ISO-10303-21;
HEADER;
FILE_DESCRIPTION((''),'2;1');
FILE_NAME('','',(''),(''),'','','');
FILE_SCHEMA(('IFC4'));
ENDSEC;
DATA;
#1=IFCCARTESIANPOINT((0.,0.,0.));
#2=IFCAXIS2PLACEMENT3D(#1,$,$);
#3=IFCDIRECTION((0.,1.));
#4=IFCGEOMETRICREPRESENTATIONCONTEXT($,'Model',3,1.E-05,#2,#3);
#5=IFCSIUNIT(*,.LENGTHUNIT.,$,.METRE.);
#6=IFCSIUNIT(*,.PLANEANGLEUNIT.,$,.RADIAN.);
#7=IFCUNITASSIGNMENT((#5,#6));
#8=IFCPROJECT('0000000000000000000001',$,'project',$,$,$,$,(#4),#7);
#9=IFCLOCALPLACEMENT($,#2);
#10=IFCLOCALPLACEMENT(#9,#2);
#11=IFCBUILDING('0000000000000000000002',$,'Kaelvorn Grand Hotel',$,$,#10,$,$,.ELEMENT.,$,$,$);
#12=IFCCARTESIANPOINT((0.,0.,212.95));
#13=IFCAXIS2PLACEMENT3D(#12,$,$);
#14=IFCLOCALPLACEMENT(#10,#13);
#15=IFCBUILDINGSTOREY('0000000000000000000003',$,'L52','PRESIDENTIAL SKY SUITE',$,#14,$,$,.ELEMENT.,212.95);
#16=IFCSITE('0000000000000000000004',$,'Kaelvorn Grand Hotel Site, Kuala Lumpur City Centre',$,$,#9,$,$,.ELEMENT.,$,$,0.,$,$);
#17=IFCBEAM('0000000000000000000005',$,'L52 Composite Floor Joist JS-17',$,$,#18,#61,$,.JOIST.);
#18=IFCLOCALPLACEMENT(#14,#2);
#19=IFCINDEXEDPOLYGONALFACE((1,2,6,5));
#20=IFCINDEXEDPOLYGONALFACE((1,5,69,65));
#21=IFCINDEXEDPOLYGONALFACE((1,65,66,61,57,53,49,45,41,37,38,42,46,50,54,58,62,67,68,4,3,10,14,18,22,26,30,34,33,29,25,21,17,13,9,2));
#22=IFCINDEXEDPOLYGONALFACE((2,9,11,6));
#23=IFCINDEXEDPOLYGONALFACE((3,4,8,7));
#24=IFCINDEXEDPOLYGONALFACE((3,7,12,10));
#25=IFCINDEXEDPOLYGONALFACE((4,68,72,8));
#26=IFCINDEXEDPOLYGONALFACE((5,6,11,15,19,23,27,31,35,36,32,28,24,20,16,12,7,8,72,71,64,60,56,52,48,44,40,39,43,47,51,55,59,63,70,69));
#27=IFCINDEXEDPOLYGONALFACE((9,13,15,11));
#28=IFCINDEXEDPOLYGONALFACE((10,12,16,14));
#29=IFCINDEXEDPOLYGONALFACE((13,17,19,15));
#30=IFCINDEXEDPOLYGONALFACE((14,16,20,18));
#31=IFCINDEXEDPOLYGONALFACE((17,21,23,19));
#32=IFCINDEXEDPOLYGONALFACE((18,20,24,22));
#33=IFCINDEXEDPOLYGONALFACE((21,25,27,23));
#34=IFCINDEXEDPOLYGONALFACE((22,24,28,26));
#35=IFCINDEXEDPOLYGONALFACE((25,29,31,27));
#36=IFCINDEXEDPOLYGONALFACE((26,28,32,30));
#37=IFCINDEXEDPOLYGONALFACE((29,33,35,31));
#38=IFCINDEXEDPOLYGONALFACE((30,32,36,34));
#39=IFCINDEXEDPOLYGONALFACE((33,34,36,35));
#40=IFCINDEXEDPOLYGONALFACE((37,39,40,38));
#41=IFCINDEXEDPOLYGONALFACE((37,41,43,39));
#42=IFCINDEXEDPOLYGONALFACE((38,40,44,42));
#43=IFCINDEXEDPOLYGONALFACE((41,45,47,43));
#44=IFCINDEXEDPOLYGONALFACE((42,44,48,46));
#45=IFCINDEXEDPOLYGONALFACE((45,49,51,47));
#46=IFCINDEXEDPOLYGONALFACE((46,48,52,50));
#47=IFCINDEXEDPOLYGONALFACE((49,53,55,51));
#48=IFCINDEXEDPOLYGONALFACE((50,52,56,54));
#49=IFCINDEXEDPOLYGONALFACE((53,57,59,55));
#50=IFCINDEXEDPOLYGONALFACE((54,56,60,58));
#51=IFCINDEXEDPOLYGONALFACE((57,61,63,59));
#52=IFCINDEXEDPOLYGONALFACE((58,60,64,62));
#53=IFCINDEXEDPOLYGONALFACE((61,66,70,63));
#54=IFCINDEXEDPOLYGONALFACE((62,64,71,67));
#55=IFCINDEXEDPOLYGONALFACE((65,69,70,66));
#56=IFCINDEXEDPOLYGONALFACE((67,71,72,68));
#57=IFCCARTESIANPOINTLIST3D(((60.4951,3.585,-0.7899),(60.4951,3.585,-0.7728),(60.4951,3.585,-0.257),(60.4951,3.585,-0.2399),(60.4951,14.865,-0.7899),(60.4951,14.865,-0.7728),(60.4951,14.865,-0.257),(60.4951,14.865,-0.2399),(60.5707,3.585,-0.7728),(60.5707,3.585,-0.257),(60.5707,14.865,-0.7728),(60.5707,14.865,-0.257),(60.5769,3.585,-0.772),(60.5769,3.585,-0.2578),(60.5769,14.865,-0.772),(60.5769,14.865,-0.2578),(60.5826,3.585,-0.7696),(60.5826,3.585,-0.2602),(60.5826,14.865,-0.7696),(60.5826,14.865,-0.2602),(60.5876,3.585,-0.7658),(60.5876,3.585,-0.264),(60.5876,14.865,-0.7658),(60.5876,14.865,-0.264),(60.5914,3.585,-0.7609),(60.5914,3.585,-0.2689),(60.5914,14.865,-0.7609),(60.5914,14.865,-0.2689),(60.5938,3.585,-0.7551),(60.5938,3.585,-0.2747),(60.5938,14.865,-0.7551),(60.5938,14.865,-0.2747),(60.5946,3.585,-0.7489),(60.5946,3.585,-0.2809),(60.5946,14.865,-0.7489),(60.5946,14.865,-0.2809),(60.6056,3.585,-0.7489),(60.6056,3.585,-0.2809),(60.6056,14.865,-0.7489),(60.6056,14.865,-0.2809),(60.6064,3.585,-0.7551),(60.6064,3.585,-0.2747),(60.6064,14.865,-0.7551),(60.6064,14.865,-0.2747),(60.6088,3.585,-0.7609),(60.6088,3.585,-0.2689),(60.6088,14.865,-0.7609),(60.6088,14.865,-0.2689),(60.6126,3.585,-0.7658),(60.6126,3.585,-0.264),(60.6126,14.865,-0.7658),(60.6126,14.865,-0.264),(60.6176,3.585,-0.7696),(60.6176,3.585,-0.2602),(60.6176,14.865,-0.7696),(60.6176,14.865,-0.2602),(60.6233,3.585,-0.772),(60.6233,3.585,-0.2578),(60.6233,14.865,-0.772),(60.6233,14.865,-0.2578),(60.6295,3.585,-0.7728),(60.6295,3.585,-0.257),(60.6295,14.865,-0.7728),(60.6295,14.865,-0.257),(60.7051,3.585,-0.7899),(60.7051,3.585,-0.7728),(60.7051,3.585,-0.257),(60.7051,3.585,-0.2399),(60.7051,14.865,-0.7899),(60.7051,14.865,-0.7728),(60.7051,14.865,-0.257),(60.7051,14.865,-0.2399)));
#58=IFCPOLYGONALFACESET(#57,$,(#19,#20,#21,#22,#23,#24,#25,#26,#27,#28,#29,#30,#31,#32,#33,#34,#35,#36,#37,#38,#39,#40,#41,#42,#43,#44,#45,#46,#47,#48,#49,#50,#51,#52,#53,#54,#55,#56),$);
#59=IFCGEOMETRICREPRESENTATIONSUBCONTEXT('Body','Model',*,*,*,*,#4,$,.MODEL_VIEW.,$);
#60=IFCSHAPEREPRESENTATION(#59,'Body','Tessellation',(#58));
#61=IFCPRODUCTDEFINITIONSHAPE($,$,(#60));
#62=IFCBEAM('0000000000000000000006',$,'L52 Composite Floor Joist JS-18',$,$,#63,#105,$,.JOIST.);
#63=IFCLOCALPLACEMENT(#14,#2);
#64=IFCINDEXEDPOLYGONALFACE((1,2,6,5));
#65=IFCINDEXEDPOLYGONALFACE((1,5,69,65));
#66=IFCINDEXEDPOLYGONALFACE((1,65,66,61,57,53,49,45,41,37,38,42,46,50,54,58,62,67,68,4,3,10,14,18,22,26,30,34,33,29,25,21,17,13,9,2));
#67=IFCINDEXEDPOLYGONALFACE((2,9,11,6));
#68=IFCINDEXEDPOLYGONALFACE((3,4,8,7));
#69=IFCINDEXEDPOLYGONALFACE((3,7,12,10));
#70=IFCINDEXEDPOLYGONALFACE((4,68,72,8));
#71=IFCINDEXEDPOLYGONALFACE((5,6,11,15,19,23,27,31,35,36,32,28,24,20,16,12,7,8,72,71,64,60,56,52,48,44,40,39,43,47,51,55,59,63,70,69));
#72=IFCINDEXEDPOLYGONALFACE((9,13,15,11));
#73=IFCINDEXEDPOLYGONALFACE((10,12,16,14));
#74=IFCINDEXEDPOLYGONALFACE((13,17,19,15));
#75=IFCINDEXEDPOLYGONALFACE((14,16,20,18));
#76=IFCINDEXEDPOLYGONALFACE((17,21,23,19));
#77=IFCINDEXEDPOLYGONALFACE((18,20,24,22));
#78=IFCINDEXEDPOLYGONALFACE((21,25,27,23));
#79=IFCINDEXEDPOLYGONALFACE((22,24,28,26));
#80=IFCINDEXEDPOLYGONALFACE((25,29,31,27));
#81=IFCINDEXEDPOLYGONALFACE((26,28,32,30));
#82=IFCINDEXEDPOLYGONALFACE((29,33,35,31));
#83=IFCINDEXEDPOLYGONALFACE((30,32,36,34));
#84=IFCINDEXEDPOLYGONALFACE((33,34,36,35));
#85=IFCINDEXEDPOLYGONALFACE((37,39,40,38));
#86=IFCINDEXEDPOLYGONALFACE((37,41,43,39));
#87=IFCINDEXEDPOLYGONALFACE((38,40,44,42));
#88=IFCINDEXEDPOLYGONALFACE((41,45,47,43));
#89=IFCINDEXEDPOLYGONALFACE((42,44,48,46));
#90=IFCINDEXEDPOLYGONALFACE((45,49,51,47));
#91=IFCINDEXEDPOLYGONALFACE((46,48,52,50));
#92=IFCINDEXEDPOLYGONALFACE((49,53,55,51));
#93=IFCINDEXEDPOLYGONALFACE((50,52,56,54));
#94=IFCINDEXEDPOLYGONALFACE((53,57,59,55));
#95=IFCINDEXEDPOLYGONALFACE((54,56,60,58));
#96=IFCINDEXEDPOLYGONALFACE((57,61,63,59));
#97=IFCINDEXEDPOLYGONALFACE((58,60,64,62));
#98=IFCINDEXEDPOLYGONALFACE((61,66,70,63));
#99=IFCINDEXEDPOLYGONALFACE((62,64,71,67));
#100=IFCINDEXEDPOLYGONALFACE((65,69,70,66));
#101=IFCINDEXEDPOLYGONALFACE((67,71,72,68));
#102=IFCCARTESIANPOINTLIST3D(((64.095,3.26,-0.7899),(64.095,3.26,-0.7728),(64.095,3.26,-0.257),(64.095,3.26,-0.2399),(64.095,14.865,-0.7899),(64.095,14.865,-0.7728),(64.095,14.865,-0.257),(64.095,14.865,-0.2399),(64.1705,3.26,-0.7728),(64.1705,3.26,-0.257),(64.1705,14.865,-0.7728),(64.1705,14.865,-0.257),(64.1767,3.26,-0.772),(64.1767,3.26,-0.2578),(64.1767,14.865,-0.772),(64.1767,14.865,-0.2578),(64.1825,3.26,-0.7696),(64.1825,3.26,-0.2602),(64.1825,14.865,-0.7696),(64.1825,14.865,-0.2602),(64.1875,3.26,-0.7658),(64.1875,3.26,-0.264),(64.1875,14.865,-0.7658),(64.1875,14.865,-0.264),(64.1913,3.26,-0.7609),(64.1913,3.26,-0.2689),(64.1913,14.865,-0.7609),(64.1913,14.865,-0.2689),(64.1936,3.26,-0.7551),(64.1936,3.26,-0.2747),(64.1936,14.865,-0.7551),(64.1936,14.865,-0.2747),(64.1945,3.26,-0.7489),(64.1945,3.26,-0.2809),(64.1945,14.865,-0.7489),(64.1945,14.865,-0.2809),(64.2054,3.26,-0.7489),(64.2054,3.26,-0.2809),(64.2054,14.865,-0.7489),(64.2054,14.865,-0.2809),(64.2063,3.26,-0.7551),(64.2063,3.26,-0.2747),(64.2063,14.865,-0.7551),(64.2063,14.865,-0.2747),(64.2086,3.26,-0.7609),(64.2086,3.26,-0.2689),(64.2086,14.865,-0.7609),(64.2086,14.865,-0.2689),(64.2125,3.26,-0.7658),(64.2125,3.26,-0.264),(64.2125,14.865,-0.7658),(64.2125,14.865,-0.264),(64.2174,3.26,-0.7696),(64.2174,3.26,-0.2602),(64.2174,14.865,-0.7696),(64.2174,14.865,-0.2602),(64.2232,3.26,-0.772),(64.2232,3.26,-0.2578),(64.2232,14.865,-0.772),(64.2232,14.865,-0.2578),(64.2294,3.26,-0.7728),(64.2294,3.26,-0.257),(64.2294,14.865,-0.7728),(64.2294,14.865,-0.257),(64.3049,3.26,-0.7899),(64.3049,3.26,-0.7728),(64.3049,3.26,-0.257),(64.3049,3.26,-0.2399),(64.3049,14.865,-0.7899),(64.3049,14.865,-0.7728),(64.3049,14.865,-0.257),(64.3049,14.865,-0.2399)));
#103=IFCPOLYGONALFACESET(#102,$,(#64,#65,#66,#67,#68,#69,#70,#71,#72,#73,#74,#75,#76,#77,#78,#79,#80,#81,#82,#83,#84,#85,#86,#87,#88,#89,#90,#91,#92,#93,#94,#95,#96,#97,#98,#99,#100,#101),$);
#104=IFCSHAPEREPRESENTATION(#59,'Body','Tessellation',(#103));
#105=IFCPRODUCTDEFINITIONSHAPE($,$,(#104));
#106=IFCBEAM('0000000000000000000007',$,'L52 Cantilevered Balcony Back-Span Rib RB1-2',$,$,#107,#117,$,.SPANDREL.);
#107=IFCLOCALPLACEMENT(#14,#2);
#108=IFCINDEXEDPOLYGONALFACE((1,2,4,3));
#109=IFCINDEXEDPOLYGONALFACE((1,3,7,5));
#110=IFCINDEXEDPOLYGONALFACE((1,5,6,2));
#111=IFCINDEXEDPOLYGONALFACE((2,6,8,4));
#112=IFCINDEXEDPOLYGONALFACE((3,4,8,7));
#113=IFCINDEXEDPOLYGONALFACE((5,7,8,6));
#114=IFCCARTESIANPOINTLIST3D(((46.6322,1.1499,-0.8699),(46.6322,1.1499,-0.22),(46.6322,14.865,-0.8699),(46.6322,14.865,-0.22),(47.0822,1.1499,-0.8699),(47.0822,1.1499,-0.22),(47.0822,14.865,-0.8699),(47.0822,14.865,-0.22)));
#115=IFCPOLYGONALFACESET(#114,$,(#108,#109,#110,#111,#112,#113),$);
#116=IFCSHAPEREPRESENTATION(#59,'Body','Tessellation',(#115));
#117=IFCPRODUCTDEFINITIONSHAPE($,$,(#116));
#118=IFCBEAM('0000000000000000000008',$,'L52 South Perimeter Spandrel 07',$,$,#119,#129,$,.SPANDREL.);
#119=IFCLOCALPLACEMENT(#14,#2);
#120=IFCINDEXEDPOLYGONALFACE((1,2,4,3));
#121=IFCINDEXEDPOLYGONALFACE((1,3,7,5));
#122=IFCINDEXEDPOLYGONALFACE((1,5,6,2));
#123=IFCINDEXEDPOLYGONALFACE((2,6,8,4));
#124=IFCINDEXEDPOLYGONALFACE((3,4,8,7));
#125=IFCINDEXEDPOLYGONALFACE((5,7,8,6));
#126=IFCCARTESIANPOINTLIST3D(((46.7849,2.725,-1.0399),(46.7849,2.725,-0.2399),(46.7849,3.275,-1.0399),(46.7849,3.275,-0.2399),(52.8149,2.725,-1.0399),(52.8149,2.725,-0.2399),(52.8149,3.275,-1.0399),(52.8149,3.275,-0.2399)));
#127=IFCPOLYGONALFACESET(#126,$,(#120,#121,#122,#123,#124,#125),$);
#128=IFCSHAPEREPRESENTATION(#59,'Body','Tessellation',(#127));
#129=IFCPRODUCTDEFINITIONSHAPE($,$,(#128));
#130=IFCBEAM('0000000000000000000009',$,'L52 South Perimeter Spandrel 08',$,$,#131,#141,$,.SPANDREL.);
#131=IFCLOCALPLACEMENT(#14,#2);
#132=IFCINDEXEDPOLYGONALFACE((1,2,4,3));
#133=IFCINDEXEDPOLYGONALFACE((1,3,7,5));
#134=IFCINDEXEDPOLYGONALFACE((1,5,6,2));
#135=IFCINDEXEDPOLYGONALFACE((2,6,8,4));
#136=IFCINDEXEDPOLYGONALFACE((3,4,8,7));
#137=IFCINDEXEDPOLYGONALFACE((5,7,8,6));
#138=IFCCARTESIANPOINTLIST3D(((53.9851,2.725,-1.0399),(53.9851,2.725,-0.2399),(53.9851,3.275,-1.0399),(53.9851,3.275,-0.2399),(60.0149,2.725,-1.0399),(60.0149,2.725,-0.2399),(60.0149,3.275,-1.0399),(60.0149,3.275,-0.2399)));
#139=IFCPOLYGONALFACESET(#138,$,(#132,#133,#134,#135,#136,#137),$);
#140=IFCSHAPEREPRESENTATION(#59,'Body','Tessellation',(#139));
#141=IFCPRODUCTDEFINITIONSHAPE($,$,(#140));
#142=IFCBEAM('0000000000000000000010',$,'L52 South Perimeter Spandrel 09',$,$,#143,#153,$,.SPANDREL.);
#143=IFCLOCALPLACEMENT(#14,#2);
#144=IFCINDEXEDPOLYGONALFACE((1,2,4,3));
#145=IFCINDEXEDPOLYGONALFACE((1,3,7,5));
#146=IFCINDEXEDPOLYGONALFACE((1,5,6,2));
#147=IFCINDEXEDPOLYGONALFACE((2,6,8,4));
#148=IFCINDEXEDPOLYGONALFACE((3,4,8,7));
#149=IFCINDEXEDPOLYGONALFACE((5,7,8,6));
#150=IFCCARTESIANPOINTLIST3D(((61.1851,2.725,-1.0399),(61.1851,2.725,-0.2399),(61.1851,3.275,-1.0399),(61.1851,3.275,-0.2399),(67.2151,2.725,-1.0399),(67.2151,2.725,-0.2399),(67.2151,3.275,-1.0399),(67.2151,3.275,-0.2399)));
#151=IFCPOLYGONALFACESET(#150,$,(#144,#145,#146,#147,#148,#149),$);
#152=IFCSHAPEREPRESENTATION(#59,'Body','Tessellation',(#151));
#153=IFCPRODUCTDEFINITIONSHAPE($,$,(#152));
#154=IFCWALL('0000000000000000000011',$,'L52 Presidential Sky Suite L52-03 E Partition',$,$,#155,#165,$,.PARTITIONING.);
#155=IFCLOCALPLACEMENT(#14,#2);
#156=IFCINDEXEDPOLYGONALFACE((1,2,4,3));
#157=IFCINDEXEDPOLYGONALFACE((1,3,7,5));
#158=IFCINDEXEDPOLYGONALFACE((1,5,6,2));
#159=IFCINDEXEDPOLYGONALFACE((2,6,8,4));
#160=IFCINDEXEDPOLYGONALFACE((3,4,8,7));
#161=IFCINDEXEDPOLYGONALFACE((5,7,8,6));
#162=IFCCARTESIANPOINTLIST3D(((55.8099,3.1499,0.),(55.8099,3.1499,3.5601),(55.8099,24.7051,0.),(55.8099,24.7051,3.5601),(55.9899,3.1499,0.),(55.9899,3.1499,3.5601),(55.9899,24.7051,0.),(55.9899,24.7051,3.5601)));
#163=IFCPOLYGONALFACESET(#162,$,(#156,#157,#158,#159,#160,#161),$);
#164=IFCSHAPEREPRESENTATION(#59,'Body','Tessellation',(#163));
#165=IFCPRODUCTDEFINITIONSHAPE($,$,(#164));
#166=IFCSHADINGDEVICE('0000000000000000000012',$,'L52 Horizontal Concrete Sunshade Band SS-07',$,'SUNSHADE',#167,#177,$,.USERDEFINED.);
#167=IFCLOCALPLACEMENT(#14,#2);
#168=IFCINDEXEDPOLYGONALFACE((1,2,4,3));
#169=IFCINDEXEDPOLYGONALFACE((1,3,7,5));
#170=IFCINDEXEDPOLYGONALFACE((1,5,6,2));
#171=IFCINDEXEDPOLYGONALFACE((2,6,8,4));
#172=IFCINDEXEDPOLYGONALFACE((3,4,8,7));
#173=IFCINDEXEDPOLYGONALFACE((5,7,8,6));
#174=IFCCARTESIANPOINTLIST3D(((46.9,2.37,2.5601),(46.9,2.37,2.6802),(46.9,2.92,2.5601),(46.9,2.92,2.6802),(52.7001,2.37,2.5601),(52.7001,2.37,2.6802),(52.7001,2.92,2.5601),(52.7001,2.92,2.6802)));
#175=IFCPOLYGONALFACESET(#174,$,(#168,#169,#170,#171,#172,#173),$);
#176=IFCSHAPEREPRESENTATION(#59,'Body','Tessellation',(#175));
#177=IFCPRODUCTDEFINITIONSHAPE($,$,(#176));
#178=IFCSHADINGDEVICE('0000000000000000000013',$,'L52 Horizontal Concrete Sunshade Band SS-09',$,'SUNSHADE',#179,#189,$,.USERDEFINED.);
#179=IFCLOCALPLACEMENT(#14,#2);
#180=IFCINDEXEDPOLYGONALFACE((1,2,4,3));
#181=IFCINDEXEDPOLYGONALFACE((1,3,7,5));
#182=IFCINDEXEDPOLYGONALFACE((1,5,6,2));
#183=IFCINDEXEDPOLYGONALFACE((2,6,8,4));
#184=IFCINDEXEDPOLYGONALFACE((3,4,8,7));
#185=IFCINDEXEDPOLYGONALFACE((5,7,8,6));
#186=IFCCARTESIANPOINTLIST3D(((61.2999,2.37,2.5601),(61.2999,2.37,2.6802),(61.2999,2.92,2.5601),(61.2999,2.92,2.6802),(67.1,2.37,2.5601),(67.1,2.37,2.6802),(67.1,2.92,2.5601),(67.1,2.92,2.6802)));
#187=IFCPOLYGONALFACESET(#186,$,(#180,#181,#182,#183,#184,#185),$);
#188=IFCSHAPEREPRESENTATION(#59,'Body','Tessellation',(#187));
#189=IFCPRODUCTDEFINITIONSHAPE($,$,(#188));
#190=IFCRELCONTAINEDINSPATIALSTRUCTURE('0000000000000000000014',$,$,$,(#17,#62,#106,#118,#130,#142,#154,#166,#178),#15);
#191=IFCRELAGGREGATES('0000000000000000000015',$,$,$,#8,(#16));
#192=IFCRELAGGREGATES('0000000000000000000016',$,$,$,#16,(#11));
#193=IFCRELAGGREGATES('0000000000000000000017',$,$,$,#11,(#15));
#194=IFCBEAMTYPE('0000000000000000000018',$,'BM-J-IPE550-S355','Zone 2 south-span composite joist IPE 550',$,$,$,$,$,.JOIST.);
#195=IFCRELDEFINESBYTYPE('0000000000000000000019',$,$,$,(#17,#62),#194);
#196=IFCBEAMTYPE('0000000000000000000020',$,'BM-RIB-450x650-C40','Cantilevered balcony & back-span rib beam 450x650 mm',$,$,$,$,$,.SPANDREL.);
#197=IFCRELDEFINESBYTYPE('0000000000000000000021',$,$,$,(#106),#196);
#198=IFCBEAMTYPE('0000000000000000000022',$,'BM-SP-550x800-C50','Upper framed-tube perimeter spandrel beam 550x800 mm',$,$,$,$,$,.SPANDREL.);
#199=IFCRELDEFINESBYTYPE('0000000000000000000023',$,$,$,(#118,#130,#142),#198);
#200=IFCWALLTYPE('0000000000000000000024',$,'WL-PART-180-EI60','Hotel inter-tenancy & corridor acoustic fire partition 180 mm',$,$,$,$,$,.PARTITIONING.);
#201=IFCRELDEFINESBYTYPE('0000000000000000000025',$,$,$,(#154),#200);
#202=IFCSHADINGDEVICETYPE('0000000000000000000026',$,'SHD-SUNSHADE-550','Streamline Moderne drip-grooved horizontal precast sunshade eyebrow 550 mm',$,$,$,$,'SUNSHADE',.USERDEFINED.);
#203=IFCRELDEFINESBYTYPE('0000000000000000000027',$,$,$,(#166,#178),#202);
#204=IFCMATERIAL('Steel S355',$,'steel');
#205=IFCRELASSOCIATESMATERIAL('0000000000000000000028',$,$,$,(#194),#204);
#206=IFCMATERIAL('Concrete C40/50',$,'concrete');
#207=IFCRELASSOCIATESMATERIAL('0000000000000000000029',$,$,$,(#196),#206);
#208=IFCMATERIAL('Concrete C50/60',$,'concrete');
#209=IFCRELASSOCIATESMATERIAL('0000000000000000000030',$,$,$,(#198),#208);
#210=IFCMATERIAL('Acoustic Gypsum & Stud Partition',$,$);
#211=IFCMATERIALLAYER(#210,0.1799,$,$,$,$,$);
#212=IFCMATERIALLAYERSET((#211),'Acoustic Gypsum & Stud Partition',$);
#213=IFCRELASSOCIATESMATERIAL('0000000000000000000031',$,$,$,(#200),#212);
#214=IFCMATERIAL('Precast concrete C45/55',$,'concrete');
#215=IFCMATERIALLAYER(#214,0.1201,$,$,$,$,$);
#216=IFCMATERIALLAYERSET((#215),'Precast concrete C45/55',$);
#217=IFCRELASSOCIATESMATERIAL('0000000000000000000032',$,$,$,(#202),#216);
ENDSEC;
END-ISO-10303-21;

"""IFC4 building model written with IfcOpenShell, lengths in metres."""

from ifc_helpers import new_model, si_unit, direction, frame, frame_2d, origin, origin_2d, place, context, subcontext, project, spatial, rectangle, i_section, extrude, material, layer, layer_set, material_profile, profile_set, type_object, element, save


model = new_model("IFC4")

# Units and contexts
model_context = context("Model", 3, precision=1e-05, world=origin(), true_north=direction((0.0, 1.0)))
body_context = subcontext(model_context, "Body", "Model", "MODEL_VIEW")
ifc_project = project(units=[si_unit("LENGTHUNIT", "METRE"), si_unit("PLANEANGLEUNIT", "RADIAN")], contexts=[model_context])

# Site, building, storey
site_placement = place(None, origin())
site = spatial("IfcSite", under=ifc_project, at=site_placement, Name="Kaelvorn Grand Hotel Site, Kuala Lumpur City Centre", CompositionType="ELEMENT", RefElevation=0.0)
building_placement = place(site_placement, origin())
building = spatial("IfcBuilding", under=site, at=building_placement, Name="Kaelvorn Grand Hotel", CompositionType="ELEMENT")
storey_placement = place(building_placement, frame((0.0, 0.0, 212.95)))
storey = spatial("IfcBuildingStorey", under=building, at=storey_placement, Name="L52", Description="PRESIDENTIAL SKY SUITE", CompositionType="ELEMENT", Elevation=212.95)

# Beams
ifc_material_1 = material(Name="Steel S355", Category="steel")
ifc_material_profile_1 = material_profile(ifc_material_1, i_section(OverallWidth=0.21, OverallDepth=0.55, WebThickness=0.011, FlangeThickness=0.0171, FilletRadius=0.0239, at=origin_2d()), Name="IPE 550")
ifc_profile_set_1 = profile_set([ifc_material_profile_1], Name="Steel S355")
beam_type_1 = type_object("IfcBeamType", Name="BM-J-IPE550-S355", Description="Zone 2 south-span composite joist IPE 550", PredefinedType="JOIST", material=ifc_profile_set_1)
beam_1_placement = place(storey_placement, frame((60.6001, 3.585, -0.5149), z_axis=(0.0, 1.0, 0.0), x_axis=(-1.0, 0.0, 0.0)))
element("IfcBeam", 1, at=beam_1_placement, inside=storey, type_object=beam_type_1, Name="L52 Composite Floor Joist JS-17", PredefinedType="JOIST", context=body_context, shape_type="SweptSolid", body=[
    extrude(i_section(OverallWidth=0.21, OverallDepth=0.55, WebThickness=0.011, FlangeThickness=0.0171, FilletRadius=0.0239, at=origin_2d()), origin(), (0.0, 0.0, 1.0), 11.28),
])
beam_2_placement = place(storey_placement, frame((64.2, 3.26, -0.5149), z_axis=(0.0, 1.0, 0.0), x_axis=(-1.0, 0.0, 0.0)))
element("IfcBeam", 2, at=beam_2_placement, inside=storey, type_object=beam_type_1, Name="L52 Composite Floor Joist JS-18", PredefinedType="JOIST", context=body_context, shape_type="SweptSolid", body=[
    extrude(i_section(OverallWidth=0.21, OverallDepth=0.55, WebThickness=0.011, FlangeThickness=0.0171, FilletRadius=0.0239, at=origin_2d()), origin(), (0.0, 0.0, 1.0), 11.605),
])
ifc_material_2 = material(Name="Concrete C40/50", Category="concrete")
ifc_material_profile_2 = material_profile(ifc_material_2, rectangle(XDim=0.45, YDim=0.6499, at=origin_2d()), Name="RC RIB 450x650")
ifc_profile_set_2 = profile_set([ifc_material_profile_2], Name="Concrete C40/50")
beam_type_2 = type_object("IfcBeamType", Name="BM-RIB-450x650-C40", Description="Cantilevered balcony & back-span rib beam 450x650 mm", PredefinedType="SPANDREL", material=ifc_profile_set_2)
beam_3_placement = place(storey_placement, frame((46.8572, 1.1499, -0.5449), z_axis=(0.0, 1.0, 0.0), x_axis=(-1.0, 0.0, 0.0)))
element("IfcBeam", 3, at=beam_3_placement, inside=storey, type_object=beam_type_2, Name="L52 Cantilevered Balcony Back-Span Rib RB1-2", PredefinedType="SPANDREL", context=body_context, shape_type="SweptSolid", body=[
    extrude(rectangle(XDim=0.45, YDim=0.6499, at=origin_2d()), origin(), (0.0, 0.0, 1.0), 13.7151),
])
ifc_material_3 = material(Name="Concrete C50/60", Category="concrete")
ifc_material_profile_3 = material_profile(ifc_material_3, rectangle(XDim=0.55, YDim=0.8, at=origin_2d()), Name="RC SPANDREL 550x800")
ifc_profile_set_3 = profile_set([ifc_material_profile_3], Name="Concrete C50/60")
beam_type_3 = type_object("IfcBeamType", Name="BM-SP-550x800-C50", Description="Upper framed-tube perimeter spandrel beam 550x800 mm", PredefinedType="SPANDREL", material=ifc_profile_set_3)
beam_4_placement = place(storey_placement, frame((46.7849, 3.0, -0.6399), z_axis=(1.0, 0.0, 0.0), x_axis=(0.0, 1.0, 0.0)))
element("IfcBeam", 4, at=beam_4_placement, inside=storey, type_object=beam_type_3, Name="L52 South Perimeter Spandrel 07", PredefinedType="SPANDREL", context=body_context, shape_type="SweptSolid", body=[
    extrude(rectangle(XDim=0.55, YDim=0.8, at=origin_2d()), origin(), (0.0, 0.0, 1.0), 6.03),
])
beam_5_placement = place(storey_placement, frame((53.9851, 3.0, -0.6399), z_axis=(1.0, 0.0, 0.0), x_axis=(0.0, 1.0, 0.0)))
element("IfcBeam", 5, at=beam_5_placement, inside=storey, type_object=beam_type_3, Name="L52 South Perimeter Spandrel 08", PredefinedType="SPANDREL", context=body_context, shape_type="SweptSolid", body=[
    extrude(rectangle(XDim=0.55, YDim=0.8, at=origin_2d()), origin(), (0.0, 0.0, 1.0), 6.0298),
])
beam_6_placement = place(storey_placement, frame((61.1851, 3.0, -0.6399), z_axis=(1.0, 0.0, 0.0), x_axis=(0.0, 1.0, 0.0)))
element("IfcBeam", 6, at=beam_6_placement, inside=storey, type_object=beam_type_3, Name="L52 South Perimeter Spandrel 09", PredefinedType="SPANDREL", context=body_context, shape_type="SweptSolid", body=[
    extrude(rectangle(XDim=0.55, YDim=0.8, at=origin_2d()), origin(), (0.0, 0.0, 1.0), 6.03),
])

# Wall
ifc_material_4 = material(Name="Acoustic Gypsum & Stud Partition")
ifc_layer_1 = layer(ifc_material_4, 0.1799)
ifc_layer_set_1 = layer_set([ifc_layer_1], Name="Acoustic Gypsum & Stud Partition")
wall_type = type_object("IfcWallType", Name="WL-PART-180-EI60", Description="Hotel inter-tenancy & corridor acoustic fire partition 180 mm", PredefinedType="PARTITIONING", material=ifc_layer_set_1)
wall_placement = place(storey_placement, frame((55.8999, 3.1499, 0.0), z_axis=(0.0, 0.0, 1.0), x_axis=(0.0, 1.0, 0.0)))
element("IfcWall", 7, at=wall_placement, inside=storey, type_object=wall_type, Name="L52 Presidential Sky Suite L52-03 E Partition", PredefinedType="PARTITIONING", context=body_context, shape_type="SweptSolid", body=[
    extrude(rectangle(XDim=21.5552, YDim=0.1799, at=frame_2d((10.7776, 0.0))), origin(), (0.0, 0.0, 1.0), 3.5601),
])

# Shading devices
ifc_material_5 = material(Name="Precast concrete C45/55", Category="concrete")
ifc_layer_2 = layer(ifc_material_5, 0.1201)
ifc_layer_set_2 = layer_set([ifc_layer_2], Name="Precast concrete C45/55")
shading_device_type_1 = type_object("IfcShadingDeviceType", Name="SHD-SUNSHADE-550", Description="Streamline Moderne drip-grooved horizontal precast sunshade eyebrow 550 mm", ElementType="SUNSHADE", PredefinedType="USERDEFINED", material=ifc_layer_set_2)
for number, where, z_axis, x_axis, name in (
    (8, (49.8, 2.645, 2.5601), (0.0, 0.0, 1.0), (1.0, 0.0, 0.0), "L52 Horizontal Concrete Sunshade Band SS-07"),
    (9, (64.2, 2.645, 2.5601), (0.0, 0.0, 1.0), (1.0, 0.0, 0.0), "L52 Horizontal Concrete Sunshade Band SS-09"),
):
    element("IfcShadingDevice", number, at=place(storey_placement, frame(where, z_axis=z_axis, x_axis=x_axis)), inside=storey, type_object=shading_device_type_1, Name=name, ObjectType="SUNSHADE", PredefinedType="USERDEFINED", context=body_context, shape_type="SweptSolid", body=[
        extrude(rectangle(XDim=5.8, YDim=0.55, at=origin_2d()), origin(), (0.0, 0.0, 1.0), 0.1201),
    ])

save(model, "model.ifc")
